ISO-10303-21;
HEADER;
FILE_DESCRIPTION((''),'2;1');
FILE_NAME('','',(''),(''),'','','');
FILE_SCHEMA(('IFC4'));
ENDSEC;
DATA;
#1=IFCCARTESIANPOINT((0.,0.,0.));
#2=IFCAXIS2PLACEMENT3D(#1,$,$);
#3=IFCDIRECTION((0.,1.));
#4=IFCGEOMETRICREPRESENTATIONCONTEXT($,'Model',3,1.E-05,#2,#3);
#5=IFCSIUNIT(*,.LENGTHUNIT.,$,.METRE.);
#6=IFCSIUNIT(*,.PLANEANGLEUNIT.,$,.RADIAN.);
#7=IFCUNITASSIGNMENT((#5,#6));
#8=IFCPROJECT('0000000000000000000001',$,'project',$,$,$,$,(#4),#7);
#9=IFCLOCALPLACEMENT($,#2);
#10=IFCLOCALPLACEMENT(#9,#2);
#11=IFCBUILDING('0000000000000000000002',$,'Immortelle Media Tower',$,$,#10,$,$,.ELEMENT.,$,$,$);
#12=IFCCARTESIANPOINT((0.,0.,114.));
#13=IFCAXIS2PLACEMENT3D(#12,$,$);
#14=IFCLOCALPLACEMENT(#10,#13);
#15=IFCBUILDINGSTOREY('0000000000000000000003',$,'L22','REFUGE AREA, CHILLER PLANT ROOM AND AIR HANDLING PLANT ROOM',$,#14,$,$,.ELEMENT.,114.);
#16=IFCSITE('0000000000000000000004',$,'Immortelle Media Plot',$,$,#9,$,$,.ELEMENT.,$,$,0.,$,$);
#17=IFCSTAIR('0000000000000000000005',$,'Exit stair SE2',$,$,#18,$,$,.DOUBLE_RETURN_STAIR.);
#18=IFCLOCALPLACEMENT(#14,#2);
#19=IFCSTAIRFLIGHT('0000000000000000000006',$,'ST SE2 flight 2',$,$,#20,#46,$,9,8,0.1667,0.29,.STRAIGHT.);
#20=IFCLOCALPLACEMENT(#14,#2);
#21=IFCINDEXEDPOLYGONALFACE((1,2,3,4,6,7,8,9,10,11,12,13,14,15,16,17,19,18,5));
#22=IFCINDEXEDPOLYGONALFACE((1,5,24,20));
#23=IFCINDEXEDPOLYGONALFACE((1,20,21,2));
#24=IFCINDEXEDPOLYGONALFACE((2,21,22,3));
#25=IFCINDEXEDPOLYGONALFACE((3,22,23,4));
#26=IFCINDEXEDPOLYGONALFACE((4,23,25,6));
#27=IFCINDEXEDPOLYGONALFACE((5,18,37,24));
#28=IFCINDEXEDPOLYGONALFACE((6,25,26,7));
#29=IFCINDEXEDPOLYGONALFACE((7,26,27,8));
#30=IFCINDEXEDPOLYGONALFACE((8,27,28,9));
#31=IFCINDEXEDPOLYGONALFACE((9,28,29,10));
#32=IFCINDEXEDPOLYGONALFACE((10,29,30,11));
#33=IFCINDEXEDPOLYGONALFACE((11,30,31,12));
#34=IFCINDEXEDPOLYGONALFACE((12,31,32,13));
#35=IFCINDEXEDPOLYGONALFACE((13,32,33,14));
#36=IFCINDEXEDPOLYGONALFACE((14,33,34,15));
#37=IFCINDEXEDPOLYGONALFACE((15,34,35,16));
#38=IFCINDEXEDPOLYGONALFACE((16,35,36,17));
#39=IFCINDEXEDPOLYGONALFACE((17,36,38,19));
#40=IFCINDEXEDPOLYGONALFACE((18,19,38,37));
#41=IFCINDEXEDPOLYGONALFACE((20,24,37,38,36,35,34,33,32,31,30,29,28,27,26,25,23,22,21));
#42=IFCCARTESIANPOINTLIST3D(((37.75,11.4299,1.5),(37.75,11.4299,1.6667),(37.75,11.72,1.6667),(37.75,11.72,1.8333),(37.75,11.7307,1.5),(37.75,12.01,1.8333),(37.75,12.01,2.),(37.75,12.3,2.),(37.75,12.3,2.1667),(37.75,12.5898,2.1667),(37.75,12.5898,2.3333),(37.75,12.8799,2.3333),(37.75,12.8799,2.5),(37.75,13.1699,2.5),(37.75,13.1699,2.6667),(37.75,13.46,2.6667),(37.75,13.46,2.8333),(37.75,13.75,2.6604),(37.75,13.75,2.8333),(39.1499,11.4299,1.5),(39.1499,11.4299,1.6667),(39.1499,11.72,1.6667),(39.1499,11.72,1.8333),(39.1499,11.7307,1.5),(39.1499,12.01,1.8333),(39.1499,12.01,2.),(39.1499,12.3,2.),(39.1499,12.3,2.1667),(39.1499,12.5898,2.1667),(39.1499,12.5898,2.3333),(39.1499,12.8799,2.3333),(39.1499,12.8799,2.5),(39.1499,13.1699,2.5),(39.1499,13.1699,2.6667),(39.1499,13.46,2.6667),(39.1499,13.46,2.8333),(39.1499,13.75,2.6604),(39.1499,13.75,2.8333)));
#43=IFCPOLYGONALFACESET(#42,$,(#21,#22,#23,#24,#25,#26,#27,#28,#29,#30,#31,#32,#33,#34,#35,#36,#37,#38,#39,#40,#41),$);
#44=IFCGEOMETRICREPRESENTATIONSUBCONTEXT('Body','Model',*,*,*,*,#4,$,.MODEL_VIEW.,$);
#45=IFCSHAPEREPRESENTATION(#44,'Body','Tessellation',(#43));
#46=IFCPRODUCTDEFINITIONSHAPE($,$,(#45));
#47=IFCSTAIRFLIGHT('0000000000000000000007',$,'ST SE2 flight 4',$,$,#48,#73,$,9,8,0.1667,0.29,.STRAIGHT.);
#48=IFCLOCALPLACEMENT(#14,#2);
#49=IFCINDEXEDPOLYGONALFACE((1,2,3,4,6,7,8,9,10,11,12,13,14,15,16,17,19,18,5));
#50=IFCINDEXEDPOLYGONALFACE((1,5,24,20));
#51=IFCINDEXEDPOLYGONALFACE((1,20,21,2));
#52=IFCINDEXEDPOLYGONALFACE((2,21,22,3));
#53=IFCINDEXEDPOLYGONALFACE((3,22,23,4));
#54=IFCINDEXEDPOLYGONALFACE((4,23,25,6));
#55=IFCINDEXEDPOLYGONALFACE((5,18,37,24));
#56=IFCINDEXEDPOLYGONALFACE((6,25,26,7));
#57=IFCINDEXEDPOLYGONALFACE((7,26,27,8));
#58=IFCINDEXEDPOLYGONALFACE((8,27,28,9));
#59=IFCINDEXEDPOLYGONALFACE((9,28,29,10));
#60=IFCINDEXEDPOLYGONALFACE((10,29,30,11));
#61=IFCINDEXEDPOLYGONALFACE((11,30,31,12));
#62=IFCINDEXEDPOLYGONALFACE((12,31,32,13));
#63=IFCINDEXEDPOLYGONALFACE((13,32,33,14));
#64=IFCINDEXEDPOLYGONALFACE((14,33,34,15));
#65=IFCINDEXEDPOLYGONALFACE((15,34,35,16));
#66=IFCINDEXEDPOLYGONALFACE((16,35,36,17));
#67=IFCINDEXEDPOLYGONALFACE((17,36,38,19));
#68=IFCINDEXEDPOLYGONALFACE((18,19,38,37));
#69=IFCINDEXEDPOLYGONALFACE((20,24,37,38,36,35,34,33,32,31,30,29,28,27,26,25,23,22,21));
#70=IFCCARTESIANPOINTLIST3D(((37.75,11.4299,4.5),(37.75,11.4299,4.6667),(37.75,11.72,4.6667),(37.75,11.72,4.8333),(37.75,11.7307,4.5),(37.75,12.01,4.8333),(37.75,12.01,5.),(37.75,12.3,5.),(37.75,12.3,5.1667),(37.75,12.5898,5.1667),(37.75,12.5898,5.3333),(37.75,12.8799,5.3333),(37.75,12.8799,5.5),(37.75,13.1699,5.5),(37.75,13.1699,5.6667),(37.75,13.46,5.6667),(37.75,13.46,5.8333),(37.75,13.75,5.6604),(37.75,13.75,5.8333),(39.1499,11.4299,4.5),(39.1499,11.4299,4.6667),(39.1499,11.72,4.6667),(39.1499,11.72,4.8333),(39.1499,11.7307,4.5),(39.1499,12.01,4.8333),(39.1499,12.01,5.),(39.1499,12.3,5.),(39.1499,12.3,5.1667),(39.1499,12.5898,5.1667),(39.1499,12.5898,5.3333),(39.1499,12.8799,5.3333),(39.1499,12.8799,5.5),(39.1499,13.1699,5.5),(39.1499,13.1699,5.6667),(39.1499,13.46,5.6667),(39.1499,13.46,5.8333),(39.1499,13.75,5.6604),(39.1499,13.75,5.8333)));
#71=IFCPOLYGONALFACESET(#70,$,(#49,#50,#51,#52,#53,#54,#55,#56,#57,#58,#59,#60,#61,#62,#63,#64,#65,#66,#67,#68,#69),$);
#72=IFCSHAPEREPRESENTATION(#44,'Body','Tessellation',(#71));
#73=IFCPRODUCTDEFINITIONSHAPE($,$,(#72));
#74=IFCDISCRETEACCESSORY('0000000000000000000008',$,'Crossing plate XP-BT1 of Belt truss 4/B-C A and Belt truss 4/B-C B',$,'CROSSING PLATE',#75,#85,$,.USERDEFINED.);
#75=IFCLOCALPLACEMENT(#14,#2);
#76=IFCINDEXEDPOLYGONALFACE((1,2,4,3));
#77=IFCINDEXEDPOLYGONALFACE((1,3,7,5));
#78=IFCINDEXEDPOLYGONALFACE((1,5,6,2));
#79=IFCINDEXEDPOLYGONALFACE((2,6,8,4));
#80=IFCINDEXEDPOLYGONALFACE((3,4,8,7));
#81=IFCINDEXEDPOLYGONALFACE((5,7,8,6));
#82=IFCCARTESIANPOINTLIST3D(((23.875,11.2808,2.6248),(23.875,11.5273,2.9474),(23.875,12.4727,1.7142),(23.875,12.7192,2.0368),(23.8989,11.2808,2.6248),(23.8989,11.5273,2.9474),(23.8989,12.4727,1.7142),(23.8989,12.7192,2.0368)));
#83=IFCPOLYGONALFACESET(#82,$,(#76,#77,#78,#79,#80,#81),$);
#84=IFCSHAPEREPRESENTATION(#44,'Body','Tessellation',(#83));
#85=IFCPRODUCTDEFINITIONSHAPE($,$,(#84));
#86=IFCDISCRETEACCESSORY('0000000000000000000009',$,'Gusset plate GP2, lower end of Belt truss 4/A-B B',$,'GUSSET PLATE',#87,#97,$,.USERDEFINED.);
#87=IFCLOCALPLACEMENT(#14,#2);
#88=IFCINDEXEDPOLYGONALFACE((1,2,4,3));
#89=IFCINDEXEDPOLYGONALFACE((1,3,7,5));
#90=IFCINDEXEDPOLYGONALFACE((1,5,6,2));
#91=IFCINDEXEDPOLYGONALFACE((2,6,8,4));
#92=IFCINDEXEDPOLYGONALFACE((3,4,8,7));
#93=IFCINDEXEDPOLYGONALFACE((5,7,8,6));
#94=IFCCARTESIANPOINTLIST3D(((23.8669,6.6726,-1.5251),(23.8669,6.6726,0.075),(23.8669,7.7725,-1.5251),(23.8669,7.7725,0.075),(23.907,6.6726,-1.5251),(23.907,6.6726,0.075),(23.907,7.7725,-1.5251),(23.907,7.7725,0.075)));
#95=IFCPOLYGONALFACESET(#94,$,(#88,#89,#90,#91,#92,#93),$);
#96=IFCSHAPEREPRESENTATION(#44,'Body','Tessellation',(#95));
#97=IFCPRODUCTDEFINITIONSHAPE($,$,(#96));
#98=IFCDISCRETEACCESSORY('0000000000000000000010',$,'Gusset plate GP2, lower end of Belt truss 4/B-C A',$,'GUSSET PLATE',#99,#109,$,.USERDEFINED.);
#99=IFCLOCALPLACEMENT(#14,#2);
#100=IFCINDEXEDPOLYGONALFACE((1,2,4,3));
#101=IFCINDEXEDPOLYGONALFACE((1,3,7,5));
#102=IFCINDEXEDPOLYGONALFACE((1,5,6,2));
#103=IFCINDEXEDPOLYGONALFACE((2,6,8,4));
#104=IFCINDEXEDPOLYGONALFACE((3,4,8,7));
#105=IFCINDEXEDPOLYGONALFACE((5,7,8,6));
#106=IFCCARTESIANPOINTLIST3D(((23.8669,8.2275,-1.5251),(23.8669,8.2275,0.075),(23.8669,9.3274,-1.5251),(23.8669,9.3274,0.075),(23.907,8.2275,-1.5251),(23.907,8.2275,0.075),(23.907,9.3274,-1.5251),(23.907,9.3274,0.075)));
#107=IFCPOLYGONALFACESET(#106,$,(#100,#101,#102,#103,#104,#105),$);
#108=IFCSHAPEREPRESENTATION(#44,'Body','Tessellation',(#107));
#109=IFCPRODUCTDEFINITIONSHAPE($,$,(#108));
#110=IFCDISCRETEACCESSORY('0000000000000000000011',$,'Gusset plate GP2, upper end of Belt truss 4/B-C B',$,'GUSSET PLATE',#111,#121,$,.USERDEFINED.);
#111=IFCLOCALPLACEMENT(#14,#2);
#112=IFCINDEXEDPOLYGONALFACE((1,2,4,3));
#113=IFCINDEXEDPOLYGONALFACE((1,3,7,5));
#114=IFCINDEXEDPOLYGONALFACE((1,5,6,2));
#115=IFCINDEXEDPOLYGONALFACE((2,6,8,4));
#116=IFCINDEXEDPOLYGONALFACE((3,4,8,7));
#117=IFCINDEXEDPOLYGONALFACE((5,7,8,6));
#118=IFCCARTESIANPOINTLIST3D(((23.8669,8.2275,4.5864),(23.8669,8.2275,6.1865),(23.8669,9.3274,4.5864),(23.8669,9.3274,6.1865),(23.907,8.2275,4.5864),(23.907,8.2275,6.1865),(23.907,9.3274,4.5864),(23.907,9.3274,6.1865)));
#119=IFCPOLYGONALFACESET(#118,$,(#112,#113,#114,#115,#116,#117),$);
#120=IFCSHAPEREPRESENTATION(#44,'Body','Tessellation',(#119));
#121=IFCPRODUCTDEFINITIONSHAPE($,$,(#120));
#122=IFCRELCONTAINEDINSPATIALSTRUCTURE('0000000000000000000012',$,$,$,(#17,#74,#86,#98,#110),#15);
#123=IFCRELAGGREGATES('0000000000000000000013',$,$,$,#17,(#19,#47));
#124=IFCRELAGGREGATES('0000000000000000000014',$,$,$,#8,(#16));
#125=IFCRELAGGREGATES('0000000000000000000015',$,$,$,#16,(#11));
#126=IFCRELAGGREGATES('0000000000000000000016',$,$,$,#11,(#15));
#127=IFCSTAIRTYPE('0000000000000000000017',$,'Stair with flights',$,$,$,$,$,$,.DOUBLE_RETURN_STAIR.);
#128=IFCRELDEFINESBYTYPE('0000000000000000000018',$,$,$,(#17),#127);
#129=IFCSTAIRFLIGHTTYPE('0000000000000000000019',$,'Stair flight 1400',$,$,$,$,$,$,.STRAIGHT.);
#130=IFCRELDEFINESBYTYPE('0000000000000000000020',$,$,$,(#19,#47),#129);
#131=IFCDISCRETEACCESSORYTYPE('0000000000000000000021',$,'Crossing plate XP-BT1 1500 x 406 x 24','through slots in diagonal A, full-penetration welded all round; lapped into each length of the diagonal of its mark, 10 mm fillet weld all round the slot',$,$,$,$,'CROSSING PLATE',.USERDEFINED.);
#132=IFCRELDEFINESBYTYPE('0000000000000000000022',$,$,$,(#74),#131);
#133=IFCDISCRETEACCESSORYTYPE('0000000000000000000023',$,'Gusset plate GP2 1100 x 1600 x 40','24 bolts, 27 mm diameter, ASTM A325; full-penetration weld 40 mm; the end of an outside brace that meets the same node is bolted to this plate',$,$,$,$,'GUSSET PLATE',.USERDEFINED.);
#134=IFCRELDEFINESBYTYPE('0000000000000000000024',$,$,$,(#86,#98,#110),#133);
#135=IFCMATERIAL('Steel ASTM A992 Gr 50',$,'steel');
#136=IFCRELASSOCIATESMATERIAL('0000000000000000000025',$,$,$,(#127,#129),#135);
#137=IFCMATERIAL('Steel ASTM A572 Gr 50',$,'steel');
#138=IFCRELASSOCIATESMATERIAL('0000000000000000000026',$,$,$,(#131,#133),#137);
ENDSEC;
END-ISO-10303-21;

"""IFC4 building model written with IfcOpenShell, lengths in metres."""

from ifc_helpers import new_model, si_unit, direction, frame, origin, origin_2d, place, context, subcontext, project, spatial, polyline, rectangle, outline, extrude, material, material_profile, profile_set, type_object, element, aggregate, save


model = new_model("IFC4")

# Units and contexts
model_context = context("Model", 3, precision=1e-05, world=origin(), true_north=direction((0.0, 1.0)))
body_context = subcontext(model_context, "Body", "Model", "MODEL_VIEW")
ifc_project = project(units=[si_unit("LENGTHUNIT", "METRE"), si_unit("PLANEANGLEUNIT", "RADIAN")], contexts=[model_context])

# Site, building, storey
site_placement = place(None, origin())
site = spatial("IfcSite", under=ifc_project, at=site_placement, Name="Immortelle Media Plot", CompositionType="ELEMENT", RefElevation=0.0)
building_placement = place(site_placement, origin())
building = spatial("IfcBuilding", under=site, at=building_placement, Name="Immortelle Media Tower", CompositionType="ELEMENT")
storey_placement = place(building_placement, frame((0.0, 0.0, 114.0)))
storey = spatial("IfcBuildingStorey", under=building, at=storey_placement, Name="L22", Description="REFUGE AREA, CHILLER PLANT ROOM AND AIR HANDLING PLANT ROOM", CompositionType="ELEMENT", Elevation=114.0)

# Shared definitions
ifc_material_1 = material(Name="Steel ASTM A992 Gr 50", Category="steel")

# Stair, stair flights
stair_type = type_object("IfcStairType", Name="Stair with flights", PredefinedType="DOUBLE_RETURN_STAIR", material=ifc_material_1)
stair_flight_type = type_object("IfcStairFlightType", Name="Stair flight 1400", PredefinedType="STRAIGHT", material=ifc_material_1)
stair_1_placement = place(storey_placement, origin())
stair_1 = element("IfcStair", 1, at=stair_1_placement, inside=storey, type_object=stair_type, Name="Exit stair SE2", PredefinedType="DOUBLE_RETURN_STAIR")
stair_flight_1_placement = place(storey_placement, frame((38.45, 11.4299, 1.5), z_axis=(0.0, 0.0, 1.0), x_axis=(0.0, 1.0, 0.0)))
stair_flight_1 = element("IfcStairFlight", 2, at=stair_flight_1_placement, type_object=stair_flight_type, Name="ST SE2 flight 2", NumberOfRisers=9, NumberOfTreads=8, PredefinedType="STRAIGHT", RiserHeight=0.1667, TreadLength=0.29, context=body_context, shape_type="SweptSolid", body=[
    extrude(outline(polyline([(0.0, 0.0), (0.0, 0.1667), (0.29, 0.1667), (0.29, 0.3333), (0.5801, 0.3333), (0.5801, 0.5), (0.8701, 0.5), (0.8701, 0.6667), (1.1599, 0.6667), (1.1599, 0.8333), (1.45, 0.8333), (1.45, 1.0), (1.74, 1.0), (1.74, 1.1667), (2.03, 1.1667), (2.03, 1.3333), (2.3201, 1.3333), (2.3201, 1.5), (2.3201, 1.1604), (0.3008, 0.0), (0.0, 0.0)])), frame((0.0, 0.7, 0.0), z_axis=(0.0, -1.0, 0.0), x_axis=(1.0, 0.0, 0.0)), (0.0, 0.0, 1.0), 1.3999),
])
stair_flight_2_placement = place(storey_placement, frame((38.45, 11.4299, 4.5), z_axis=(0.0, 0.0, 1.0), x_axis=(0.0, 1.0, 0.0)))
stair_flight_2 = element("IfcStairFlight", 3, at=stair_flight_2_placement, type_object=stair_flight_type, Name="ST SE2 flight 4", NumberOfRisers=9, NumberOfTreads=8, PredefinedType="STRAIGHT", RiserHeight=0.1667, TreadLength=0.29, context=body_context, shape_type="SweptSolid", body=[
    extrude(outline(polyline([(0.0, 0.0), (0.0, 0.1667), (0.29, 0.1667), (0.29, 0.3333), (0.5801, 0.3333), (0.5801, 0.5), (0.8701, 0.5), (0.8701, 0.6667), (1.1599, 0.6667), (1.1599, 0.8333), (1.45, 0.8333), (1.45, 1.0), (1.74, 1.0), (1.74, 1.1667), (2.03, 1.1667), (2.03, 1.3333), (2.3201, 1.3333), (2.3201, 1.5), (2.3201, 1.1604), (0.3008, 0.0), (0.0, 0.0)])), frame((0.0, 0.7, 0.0), z_axis=(0.0, -1.0, 0.0), x_axis=(1.0, 0.0, 0.0)), (0.0, 0.0, 1.0), 1.3999),
])
aggregate(stair_1, [stair_flight_1, stair_flight_2])

# Discrete accessories
ifc_material_2 = material(Name="Steel ASTM A572 Gr 50", Category="steel")
ifc_material_profile_1 = material_profile(ifc_material_2, rectangle(XDim=0.0239, YDim=0.406, at=origin_2d()), Name="PL 24 x 406")
ifc_profile_set_1 = profile_set([ifc_material_profile_1], Name="Steel ASTM A572 Gr 50")
discrete_accessory_type_1 = type_object("IfcDiscreteAccessoryType", Name="Crossing plate XP-BT1 1500 x 406 x 24", Description="through slots in diagonal A, full-penetration welded all round; lapped into each length of the diagonal of its mark, 10 mm fillet weld all round the slot", ElementType="CROSSING PLATE", PredefinedType="USERDEFINED", material=ifc_profile_set_1)
discrete_accessory_placement = place(storey_placement, frame((23.887, 11.4041, 2.7861), z_axis=(0.0, 0.794616, -0.607112), x_axis=(-1.0, 0.0, 0.0)))
element("IfcDiscreteAccessory", 4, at=discrete_accessory_placement, inside=storey, type_object=discrete_accessory_type_1, Name="Crossing plate XP-BT1 of Belt truss 4/B-C A and Belt truss 4/B-C B", ObjectType="CROSSING PLATE", PredefinedType="USERDEFINED", context=body_context, shape_type="SweptSolid", body=[
    extrude(rectangle(XDim=0.0239, YDim=0.406, at=origin_2d()), origin(), (0.0, 0.0, 1.0), 1.5),
])
ifc_material_profile_2 = material_profile(ifc_material_2, rectangle(XDim=0.04, YDim=1.6001, at=origin_2d()), Name="PL 40 x 1600")
ifc_profile_set_2 = profile_set([ifc_material_profile_2], Name="Steel ASTM A572 Gr 50")
discrete_accessory_type_2 = type_object("IfcDiscreteAccessoryType", Name="Gusset plate GP2 1100 x 1600 x 40", Description="24 bolts, 27 mm diameter, ASTM A325; full-penetration weld 40 mm; the end of an outside brace that meets the same node is bolted to this plate", ElementType="GUSSET PLATE", PredefinedType="USERDEFINED", material=ifc_profile_set_2)
for number, where, z_axis, x_axis, name in (
    (5, (23.887, 7.7725, -0.7251), (0.0, -1.0, 0.0), (1.0, 0.0, 0.0), "Gusset plate GP2, lower end of Belt truss 4/A-B B"),
    (6, (23.887, 8.2275, -0.7251), (0.0, 1.0, 0.0), (-1.0, 0.0, 0.0), "Gusset plate GP2, lower end of Belt truss 4/B-C A"),
    (7, (23.887, 8.2275, 5.3865), (0.0, 1.0, 0.0), (-1.0, 0.0, 0.0), "Gusset plate GP2, upper end of Belt truss 4/B-C B"),
):
    element("IfcDiscreteAccessory", number, at=place(storey_placement, frame(where, z_axis=z_axis, x_axis=x_axis)), inside=storey, type_object=discrete_accessory_type_2, Name=name, ObjectType="GUSSET PLATE", PredefinedType="USERDEFINED", context=body_context, shape_type="SweptSolid", body=[
        extrude(rectangle(XDim=0.04, YDim=1.6001, at=origin_2d()), origin(), (0.0, 0.0, 1.0), 1.0999),
    ])

save(model, "model.ifc")
